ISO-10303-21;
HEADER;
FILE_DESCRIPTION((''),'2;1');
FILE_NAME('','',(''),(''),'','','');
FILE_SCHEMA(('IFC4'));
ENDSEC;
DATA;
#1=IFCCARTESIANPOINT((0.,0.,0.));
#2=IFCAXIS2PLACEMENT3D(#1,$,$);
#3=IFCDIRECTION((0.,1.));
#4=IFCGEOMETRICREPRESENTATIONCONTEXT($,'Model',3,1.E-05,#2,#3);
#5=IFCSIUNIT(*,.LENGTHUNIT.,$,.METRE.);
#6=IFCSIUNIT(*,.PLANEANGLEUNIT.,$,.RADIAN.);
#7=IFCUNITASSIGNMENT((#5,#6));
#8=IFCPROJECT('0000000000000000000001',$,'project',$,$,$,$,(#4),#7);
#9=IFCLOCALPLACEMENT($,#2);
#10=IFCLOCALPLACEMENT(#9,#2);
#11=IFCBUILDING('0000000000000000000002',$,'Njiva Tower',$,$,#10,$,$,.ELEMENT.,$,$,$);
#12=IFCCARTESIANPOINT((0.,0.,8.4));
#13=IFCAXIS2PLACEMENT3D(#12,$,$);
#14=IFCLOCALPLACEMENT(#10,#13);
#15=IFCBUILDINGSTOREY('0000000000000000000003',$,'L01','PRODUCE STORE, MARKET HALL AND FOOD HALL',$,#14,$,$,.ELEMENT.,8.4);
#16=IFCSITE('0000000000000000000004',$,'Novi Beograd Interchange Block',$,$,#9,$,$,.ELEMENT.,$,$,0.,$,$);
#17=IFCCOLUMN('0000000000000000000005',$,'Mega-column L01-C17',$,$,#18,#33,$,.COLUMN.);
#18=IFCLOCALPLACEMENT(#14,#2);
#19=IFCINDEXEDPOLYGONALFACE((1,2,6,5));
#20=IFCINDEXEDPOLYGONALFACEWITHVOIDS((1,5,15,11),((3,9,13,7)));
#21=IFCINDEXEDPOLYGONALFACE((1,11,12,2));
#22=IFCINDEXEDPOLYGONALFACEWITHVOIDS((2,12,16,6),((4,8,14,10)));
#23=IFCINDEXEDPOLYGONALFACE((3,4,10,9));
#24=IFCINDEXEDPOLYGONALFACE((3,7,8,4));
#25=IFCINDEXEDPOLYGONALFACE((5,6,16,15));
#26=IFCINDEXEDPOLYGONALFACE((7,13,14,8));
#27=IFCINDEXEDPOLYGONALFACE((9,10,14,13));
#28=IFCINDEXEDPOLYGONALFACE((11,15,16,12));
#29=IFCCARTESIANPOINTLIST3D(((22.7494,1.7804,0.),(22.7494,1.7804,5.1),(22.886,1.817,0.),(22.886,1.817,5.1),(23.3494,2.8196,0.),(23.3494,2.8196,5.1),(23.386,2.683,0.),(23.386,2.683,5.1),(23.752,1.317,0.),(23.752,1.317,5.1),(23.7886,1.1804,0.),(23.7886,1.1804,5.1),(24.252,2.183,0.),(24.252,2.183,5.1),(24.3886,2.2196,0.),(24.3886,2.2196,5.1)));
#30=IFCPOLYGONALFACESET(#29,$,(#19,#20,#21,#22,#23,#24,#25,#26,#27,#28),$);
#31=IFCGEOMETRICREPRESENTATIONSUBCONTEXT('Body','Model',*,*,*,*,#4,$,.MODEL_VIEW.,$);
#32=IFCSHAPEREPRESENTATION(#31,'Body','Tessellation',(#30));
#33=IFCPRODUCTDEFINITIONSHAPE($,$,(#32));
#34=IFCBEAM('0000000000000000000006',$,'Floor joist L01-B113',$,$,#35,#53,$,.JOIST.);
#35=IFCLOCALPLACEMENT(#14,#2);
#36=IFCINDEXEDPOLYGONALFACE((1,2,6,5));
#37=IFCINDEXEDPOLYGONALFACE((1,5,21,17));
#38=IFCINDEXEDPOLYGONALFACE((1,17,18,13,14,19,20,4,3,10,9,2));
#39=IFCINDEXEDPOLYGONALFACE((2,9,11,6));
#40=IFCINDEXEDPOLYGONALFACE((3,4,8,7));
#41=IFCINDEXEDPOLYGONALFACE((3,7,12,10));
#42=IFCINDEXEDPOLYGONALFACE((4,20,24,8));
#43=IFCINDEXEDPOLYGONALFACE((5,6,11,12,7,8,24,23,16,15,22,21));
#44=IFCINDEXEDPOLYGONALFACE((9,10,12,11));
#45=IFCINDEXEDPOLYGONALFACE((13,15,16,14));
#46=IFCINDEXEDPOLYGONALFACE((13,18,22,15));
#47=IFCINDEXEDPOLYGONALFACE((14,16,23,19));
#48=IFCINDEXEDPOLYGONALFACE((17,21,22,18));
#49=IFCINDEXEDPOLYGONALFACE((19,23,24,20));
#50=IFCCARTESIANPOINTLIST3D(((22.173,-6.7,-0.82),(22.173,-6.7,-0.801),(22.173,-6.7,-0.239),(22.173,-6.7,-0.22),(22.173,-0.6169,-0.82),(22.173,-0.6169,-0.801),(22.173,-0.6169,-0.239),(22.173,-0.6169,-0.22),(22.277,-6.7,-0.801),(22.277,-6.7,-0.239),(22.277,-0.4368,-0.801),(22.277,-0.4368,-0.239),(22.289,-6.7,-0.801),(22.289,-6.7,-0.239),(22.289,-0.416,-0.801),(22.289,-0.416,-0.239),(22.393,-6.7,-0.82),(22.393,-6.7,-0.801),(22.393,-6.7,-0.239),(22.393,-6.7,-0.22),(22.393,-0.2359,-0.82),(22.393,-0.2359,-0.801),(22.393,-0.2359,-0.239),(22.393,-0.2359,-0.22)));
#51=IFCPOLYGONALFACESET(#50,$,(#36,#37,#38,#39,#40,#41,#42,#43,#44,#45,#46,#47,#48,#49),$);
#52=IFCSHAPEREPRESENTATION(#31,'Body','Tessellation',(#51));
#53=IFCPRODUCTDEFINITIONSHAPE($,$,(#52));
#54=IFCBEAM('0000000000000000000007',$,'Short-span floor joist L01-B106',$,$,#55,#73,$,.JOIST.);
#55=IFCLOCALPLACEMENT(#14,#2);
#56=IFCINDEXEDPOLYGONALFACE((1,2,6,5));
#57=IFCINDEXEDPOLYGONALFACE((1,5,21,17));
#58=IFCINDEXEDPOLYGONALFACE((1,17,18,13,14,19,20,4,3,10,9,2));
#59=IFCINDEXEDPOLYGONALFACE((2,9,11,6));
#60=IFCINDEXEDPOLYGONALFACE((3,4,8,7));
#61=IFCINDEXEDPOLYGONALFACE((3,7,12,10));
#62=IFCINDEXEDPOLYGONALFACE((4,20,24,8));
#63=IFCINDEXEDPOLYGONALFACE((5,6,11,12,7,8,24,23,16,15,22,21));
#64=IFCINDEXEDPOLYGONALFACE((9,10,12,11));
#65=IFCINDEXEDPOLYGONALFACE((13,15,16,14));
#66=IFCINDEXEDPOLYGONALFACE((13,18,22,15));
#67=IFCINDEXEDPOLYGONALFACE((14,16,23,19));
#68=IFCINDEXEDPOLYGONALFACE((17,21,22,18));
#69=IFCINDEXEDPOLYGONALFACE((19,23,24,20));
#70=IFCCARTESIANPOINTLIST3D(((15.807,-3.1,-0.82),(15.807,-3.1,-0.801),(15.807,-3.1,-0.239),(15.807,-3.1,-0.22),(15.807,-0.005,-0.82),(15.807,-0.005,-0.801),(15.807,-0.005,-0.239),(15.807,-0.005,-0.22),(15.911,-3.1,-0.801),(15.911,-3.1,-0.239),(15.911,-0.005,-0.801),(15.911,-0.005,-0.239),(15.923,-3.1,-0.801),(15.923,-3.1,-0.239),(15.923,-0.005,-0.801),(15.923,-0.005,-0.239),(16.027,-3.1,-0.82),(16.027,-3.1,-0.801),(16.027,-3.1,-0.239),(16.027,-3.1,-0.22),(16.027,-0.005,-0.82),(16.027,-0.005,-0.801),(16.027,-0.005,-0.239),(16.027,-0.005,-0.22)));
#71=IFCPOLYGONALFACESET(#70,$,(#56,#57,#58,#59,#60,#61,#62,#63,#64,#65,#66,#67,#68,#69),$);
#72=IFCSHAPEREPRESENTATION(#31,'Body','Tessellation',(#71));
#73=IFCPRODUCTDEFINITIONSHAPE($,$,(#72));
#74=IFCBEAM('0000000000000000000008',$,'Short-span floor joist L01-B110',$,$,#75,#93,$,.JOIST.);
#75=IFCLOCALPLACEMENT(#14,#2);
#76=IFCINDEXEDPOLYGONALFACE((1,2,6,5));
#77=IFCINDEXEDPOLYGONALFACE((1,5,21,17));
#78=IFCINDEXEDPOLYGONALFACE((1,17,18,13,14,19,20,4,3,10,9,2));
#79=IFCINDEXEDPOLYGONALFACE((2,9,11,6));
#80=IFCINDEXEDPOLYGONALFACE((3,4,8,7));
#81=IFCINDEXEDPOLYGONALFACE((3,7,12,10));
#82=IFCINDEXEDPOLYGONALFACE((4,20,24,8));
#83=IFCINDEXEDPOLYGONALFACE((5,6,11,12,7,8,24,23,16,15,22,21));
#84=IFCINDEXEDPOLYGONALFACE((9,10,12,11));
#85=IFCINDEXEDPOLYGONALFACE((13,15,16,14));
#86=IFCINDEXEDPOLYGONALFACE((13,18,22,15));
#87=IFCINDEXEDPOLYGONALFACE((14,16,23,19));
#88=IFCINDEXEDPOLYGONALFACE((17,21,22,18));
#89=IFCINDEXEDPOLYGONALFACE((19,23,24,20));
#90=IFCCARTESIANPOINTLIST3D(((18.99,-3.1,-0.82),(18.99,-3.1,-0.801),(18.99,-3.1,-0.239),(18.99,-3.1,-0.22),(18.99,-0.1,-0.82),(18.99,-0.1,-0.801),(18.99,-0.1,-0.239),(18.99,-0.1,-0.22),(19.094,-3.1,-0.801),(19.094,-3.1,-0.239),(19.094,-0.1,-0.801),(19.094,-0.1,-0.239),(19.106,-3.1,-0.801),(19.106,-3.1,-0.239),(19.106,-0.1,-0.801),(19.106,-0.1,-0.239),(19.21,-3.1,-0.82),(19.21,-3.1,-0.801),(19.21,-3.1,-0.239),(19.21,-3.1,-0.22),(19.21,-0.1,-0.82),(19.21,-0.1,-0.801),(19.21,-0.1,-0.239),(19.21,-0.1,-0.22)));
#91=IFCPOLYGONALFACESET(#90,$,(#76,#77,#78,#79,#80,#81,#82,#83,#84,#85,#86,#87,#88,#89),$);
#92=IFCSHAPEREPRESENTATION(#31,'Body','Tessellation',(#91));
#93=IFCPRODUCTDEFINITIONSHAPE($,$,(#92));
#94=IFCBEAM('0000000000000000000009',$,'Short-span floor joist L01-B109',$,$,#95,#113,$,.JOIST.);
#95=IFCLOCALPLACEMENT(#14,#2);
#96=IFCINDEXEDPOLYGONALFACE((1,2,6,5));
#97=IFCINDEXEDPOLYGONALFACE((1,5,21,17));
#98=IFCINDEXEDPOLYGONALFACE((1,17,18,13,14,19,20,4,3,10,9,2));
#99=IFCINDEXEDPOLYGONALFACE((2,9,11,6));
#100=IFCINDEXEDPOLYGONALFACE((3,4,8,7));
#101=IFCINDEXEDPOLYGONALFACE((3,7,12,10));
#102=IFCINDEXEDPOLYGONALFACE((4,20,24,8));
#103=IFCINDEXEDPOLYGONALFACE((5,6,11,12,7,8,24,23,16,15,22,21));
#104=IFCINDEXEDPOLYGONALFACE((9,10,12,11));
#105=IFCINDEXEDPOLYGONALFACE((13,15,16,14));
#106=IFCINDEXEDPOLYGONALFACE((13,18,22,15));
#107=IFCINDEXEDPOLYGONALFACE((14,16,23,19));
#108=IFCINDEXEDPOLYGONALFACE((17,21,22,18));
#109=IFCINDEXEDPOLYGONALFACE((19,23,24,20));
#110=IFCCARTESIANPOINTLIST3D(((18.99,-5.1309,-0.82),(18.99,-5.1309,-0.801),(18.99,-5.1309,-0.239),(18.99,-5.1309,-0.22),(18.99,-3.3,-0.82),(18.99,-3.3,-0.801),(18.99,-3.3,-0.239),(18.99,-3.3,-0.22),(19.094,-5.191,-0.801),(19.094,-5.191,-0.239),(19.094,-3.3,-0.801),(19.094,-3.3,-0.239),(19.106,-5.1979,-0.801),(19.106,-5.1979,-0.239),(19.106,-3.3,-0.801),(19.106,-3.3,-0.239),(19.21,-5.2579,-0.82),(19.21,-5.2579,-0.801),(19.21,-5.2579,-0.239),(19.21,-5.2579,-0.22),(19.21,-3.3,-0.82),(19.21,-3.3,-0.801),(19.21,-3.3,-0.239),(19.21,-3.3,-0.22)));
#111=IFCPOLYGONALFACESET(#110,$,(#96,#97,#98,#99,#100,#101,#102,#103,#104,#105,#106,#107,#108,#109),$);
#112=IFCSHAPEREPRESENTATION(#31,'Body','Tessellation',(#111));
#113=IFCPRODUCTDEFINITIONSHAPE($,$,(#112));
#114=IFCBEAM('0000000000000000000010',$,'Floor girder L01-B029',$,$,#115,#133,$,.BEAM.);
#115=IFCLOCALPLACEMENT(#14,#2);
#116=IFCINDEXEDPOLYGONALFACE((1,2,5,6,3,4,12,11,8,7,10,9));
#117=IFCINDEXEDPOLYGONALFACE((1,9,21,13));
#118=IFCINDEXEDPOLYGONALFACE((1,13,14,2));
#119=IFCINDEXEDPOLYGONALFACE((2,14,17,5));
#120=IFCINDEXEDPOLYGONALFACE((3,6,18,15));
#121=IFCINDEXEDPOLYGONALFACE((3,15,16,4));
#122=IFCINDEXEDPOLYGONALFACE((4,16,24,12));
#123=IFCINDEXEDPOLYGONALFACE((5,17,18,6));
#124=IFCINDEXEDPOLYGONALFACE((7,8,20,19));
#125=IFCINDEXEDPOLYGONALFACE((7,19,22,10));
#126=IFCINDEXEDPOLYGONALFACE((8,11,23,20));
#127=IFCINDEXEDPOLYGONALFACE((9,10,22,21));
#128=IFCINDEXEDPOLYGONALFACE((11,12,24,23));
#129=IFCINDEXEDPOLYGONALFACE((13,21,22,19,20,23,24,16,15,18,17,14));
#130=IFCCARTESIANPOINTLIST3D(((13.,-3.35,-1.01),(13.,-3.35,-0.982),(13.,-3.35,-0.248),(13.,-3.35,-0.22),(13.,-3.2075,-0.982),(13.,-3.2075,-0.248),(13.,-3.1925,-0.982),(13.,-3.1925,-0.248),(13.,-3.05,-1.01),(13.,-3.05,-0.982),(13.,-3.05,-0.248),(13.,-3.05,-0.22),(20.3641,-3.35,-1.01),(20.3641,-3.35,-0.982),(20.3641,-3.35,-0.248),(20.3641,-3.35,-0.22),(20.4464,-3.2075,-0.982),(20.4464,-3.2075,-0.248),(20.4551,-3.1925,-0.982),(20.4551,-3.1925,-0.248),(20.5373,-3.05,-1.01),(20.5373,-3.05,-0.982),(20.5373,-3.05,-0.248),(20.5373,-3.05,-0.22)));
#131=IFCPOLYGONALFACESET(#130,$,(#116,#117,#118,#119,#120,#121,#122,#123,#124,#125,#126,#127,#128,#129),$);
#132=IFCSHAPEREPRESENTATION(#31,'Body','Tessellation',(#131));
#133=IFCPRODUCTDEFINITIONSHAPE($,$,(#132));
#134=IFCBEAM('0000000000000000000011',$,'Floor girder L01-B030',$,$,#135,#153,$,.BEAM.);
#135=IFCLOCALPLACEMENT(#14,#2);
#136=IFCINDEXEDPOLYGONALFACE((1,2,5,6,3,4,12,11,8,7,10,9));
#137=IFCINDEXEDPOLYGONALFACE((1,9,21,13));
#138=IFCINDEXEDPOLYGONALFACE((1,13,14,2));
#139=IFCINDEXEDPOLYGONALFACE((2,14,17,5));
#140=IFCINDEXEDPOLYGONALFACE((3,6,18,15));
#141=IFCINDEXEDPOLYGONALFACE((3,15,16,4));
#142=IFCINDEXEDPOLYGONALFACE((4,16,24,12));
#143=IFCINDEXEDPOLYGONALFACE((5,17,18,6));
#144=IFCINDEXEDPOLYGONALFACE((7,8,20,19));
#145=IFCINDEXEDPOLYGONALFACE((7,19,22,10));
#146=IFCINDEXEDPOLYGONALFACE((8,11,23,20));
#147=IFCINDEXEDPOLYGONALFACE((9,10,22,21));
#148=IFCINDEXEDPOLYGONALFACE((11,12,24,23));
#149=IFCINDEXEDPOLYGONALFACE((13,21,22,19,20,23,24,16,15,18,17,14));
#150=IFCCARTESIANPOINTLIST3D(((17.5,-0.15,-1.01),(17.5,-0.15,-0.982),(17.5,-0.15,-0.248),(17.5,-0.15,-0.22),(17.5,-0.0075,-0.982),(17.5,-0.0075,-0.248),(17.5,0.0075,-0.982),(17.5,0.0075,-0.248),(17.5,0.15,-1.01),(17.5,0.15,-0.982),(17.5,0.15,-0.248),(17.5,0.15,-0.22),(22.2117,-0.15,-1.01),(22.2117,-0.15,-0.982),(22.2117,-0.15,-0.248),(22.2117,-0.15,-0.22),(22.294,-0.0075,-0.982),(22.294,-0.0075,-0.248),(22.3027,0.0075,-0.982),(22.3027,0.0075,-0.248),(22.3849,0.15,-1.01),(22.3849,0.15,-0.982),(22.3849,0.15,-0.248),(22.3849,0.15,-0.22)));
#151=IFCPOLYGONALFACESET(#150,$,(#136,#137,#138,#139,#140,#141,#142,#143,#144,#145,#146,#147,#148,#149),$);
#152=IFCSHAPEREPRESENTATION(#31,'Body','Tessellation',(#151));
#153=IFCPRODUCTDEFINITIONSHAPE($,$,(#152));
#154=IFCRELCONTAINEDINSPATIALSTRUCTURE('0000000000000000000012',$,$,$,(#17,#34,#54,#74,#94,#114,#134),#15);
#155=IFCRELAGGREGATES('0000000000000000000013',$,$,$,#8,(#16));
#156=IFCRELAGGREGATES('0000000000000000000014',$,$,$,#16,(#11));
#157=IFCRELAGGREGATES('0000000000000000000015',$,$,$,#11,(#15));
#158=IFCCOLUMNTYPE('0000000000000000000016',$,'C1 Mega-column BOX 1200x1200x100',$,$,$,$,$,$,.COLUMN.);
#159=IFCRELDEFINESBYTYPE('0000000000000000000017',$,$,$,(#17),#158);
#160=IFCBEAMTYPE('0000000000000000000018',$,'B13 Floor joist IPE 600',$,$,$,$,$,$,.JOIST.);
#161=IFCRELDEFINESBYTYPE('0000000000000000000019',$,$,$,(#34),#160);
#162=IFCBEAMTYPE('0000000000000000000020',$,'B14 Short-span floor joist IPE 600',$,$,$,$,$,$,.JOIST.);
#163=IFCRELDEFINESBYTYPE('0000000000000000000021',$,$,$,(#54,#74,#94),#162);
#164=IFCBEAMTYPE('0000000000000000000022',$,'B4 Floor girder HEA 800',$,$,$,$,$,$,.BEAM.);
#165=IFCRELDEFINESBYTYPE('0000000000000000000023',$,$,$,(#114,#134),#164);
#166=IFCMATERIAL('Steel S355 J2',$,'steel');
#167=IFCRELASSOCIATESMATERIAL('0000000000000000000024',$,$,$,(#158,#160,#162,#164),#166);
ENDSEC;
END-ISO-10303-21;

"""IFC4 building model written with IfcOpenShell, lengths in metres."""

from ifc_helpers import new_model, si_unit, direction, frame, origin, origin_2d, place, context, subcontext, project, spatial, hollow_rectangle, i_section, extrude, clip, halfspace, material, material_profile, profile_set, type_object, element, save


model = new_model("IFC4")

# Units and contexts
model_context = context("Model", 3, precision=1e-05, world=origin(), true_north=direction((0.0, 1.0)))
body_context = subcontext(model_context, "Body", "Model", "MODEL_VIEW")
ifc_project = project(units=[si_unit("LENGTHUNIT", "METRE"), si_unit("PLANEANGLEUNIT", "RADIAN")], contexts=[model_context])

# Site, building, storey
site_placement = place(None, origin())
site = spatial("IfcSite", under=ifc_project, at=site_placement, Name="Novi Beograd Interchange Block", CompositionType="ELEMENT", RefElevation=0.0)
building_placement = place(site_placement, origin())
building = spatial("IfcBuilding", under=site, at=building_placement, Name="Njiva Tower", CompositionType="ELEMENT")
storey_placement = place(building_placement, frame((0.0, 0.0, 8.4)))
storey = spatial("IfcBuildingStorey", under=building, at=storey_placement, Name="L01", Description="PRODUCE STORE, MARKET HALL AND FOOD HALL", CompositionType="ELEMENT", Elevation=8.4)

# Column
ifc_material_1 = material(Name="Steel S355 J2", Category="steel")
ifc_material_profile_1 = material_profile(ifc_material_1, hollow_rectangle(XDim=1.2, YDim=1.2, WallThickness=0.1, at=origin_2d()), Name="BOX 1200x1200x100")
ifc_profile_set_1 = profile_set([ifc_material_profile_1], Name="Steel S355 J2")
column_type = type_object("IfcColumnType", Name="C1 Mega-column BOX 1200x1200x100", PredefinedType="COLUMN", material=ifc_profile_set_1)
column_placement = place(storey_placement, frame((23.569, 2.0, 0.0), z_axis=(0.0, 0.0, 1.0), x_axis=(0.5, 0.866025, 0.0)))
element("IfcColumn", 1, at=column_placement, inside=storey, type_object=column_type, Name="Mega-column L01-C17", PredefinedType="COLUMN", context=body_context, shape_type="SweptSolid", body=[
    extrude(hollow_rectangle(XDim=1.2, YDim=1.2, WallThickness=0.1, at=origin_2d()), origin(), (0.0, 0.0, 1.0), 5.1),
])

# Beams
ifc_material_profile_2 = material_profile(ifc_material_1, i_section(OverallWidth=0.22, OverallDepth=0.6, WebThickness=0.012, FlangeThickness=0.019, at=origin_2d()), Name="IPE 600")
ifc_profile_set_2 = profile_set([ifc_material_profile_2], Name="Steel S355 J2")
beam_type_1 = type_object("IfcBeamType", Name="B13 Floor joist IPE 600", PredefinedType="JOIST", material=ifc_profile_set_2)
beam_1_placement = place(storey_placement, frame((22.283, -0.215, -0.52), z_axis=(0.0, -1.0, 0.0), x_axis=(1.0, 0.0, 0.0)))
element("IfcBeam", 2, at=beam_1_placement, inside=storey, type_object=beam_type_1, Name="Floor joist L01-B113", PredefinedType="JOIST", context=body_context, shape_type="Clipping", body=[
    clip(extrude(i_section(OverallWidth=0.22, OverallDepth=0.6, WebThickness=0.012, FlangeThickness=0.019, at=origin_2d()), origin(), (0.0, 0.0, 1.0), 6.485), halfspace(frame((-0.043, 0.0, 0.2859), z_axis=(-0.866027, 0.0, -0.499998), x_axis=(0.0, -1.0, 0.0)), False)),
])
ifc_material_profile_3 = material_profile(ifc_material_1, i_section(OverallWidth=0.22, OverallDepth=0.6, WebThickness=0.012, FlangeThickness=0.019, at=origin_2d()), Name="IPE 600")
ifc_profile_set_3 = profile_set([ifc_material_profile_3], Name="Steel S355 J2")
beam_type_2 = type_object("IfcBeamType", Name="B14 Short-span floor joist IPE 600", PredefinedType="JOIST", material=ifc_profile_set_3)
beam_2_placement = place(storey_placement, frame((15.917, -0.005, -0.52), z_axis=(0.0, -1.0, 0.0), x_axis=(1.0, 0.0, 0.0)))
element("IfcBeam", 3, at=beam_2_placement, inside=storey, type_object=beam_type_2, Name="Short-span floor joist L01-B106", PredefinedType="JOIST", context=body_context, shape_type="SweptSolid", body=[
    extrude(i_section(OverallWidth=0.22, OverallDepth=0.6, WebThickness=0.012, FlangeThickness=0.019, at=origin_2d()), origin(), (0.0, 0.0, 1.0), 3.095),
])
beam_3_placement = place(storey_placement, frame((19.1, -0.1, -0.52), z_axis=(0.0, -1.0, 0.0), x_axis=(1.0, 0.0, 0.0)))
element("IfcBeam", 4, at=beam_3_placement, inside=storey, type_object=beam_type_2, Name="Short-span floor joist L01-B110", PredefinedType="JOIST", context=body_context, shape_type="SweptSolid", body=[
    extrude(i_section(OverallWidth=0.22, OverallDepth=0.6, WebThickness=0.012, FlangeThickness=0.019, at=origin_2d()), origin(), (0.0, 0.0, 1.0), 3.0),
])
beam_4_placement = place(storey_placement, frame((19.1, -3.3, -0.52), z_axis=(0.0, -1.0, 0.0), x_axis=(1.0, 0.0, 0.0)))
element("IfcBeam", 5, at=beam_4_placement, inside=storey, type_object=beam_type_2, Name="Short-span floor joist L01-B109", PredefinedType="JOIST", context=body_context, shape_type="Clipping", body=[
    clip(extrude(i_section(OverallWidth=0.22, OverallDepth=0.6, WebThickness=0.012, FlangeThickness=0.019, at=origin_2d()), origin(), (0.0, 0.0, 1.0), 1.978), halfspace(frame((-0.025, 0.0, 1.88), z_axis=(-0.499998, 0.0, 0.866027), x_axis=(0.0, 1.0, 0.0)), False)),
])
ifc_material_profile_4 = material_profile(ifc_material_1, i_section(OverallWidth=0.3, OverallDepth=0.79, WebThickness=0.015, FlangeThickness=0.028, at=origin_2d()), Name="HEA 800")
ifc_profile_set_4 = profile_set([ifc_material_profile_4], Name="Steel S355 J2")
beam_type_3 = type_object("IfcBeamType", Name="B4 Floor girder HEA 800", PredefinedType="BEAM", material=ifc_profile_set_4)
beam_5_placement = place(storey_placement, frame((13.0, -3.2, -0.615), z_axis=(1.0, 0.0, 0.0), x_axis=(0.0, 1.0, 0.0)))
element("IfcBeam", 6, at=beam_5_placement, inside=storey, type_object=beam_type_3, Name="Floor girder L01-B029", PredefinedType="BEAM", context=body_context, shape_type="Clipping", body=[
    clip(extrude(i_section(OverallWidth=0.3, OverallDepth=0.79, WebThickness=0.015, FlangeThickness=0.028, at=origin_2d()), origin(), (0.0, 0.0, 1.0), 7.558), halfspace(frame((-0.025, 0.0, 7.4363), z_axis=(-0.499998, 0.0, 0.866027), x_axis=(0.0, 1.0, 0.0)), False)),
])
beam_6_placement = place(storey_placement, frame((17.5, 0.0, -0.615), z_axis=(1.0, 0.0, 0.0), x_axis=(0.0, 1.0, 0.0)))
element("IfcBeam", 7, at=beam_6_placement, inside=storey, type_object=beam_type_3, Name="Floor girder L01-B030", PredefinedType="BEAM", context=body_context, shape_type="Clipping", body=[
    clip(extrude(i_section(OverallWidth=0.3, OverallDepth=0.79, WebThickness=0.015, FlangeThickness=0.028, at=origin_2d()), origin(), (0.0, 0.0, 1.0), 4.905), halfspace(frame((-0.025, 0.0, 4.7839), z_axis=(-0.499998, 0.0, 0.866027), x_axis=(0.0, 1.0, 0.0)), False)),
])

save(model, "model.ifc")
